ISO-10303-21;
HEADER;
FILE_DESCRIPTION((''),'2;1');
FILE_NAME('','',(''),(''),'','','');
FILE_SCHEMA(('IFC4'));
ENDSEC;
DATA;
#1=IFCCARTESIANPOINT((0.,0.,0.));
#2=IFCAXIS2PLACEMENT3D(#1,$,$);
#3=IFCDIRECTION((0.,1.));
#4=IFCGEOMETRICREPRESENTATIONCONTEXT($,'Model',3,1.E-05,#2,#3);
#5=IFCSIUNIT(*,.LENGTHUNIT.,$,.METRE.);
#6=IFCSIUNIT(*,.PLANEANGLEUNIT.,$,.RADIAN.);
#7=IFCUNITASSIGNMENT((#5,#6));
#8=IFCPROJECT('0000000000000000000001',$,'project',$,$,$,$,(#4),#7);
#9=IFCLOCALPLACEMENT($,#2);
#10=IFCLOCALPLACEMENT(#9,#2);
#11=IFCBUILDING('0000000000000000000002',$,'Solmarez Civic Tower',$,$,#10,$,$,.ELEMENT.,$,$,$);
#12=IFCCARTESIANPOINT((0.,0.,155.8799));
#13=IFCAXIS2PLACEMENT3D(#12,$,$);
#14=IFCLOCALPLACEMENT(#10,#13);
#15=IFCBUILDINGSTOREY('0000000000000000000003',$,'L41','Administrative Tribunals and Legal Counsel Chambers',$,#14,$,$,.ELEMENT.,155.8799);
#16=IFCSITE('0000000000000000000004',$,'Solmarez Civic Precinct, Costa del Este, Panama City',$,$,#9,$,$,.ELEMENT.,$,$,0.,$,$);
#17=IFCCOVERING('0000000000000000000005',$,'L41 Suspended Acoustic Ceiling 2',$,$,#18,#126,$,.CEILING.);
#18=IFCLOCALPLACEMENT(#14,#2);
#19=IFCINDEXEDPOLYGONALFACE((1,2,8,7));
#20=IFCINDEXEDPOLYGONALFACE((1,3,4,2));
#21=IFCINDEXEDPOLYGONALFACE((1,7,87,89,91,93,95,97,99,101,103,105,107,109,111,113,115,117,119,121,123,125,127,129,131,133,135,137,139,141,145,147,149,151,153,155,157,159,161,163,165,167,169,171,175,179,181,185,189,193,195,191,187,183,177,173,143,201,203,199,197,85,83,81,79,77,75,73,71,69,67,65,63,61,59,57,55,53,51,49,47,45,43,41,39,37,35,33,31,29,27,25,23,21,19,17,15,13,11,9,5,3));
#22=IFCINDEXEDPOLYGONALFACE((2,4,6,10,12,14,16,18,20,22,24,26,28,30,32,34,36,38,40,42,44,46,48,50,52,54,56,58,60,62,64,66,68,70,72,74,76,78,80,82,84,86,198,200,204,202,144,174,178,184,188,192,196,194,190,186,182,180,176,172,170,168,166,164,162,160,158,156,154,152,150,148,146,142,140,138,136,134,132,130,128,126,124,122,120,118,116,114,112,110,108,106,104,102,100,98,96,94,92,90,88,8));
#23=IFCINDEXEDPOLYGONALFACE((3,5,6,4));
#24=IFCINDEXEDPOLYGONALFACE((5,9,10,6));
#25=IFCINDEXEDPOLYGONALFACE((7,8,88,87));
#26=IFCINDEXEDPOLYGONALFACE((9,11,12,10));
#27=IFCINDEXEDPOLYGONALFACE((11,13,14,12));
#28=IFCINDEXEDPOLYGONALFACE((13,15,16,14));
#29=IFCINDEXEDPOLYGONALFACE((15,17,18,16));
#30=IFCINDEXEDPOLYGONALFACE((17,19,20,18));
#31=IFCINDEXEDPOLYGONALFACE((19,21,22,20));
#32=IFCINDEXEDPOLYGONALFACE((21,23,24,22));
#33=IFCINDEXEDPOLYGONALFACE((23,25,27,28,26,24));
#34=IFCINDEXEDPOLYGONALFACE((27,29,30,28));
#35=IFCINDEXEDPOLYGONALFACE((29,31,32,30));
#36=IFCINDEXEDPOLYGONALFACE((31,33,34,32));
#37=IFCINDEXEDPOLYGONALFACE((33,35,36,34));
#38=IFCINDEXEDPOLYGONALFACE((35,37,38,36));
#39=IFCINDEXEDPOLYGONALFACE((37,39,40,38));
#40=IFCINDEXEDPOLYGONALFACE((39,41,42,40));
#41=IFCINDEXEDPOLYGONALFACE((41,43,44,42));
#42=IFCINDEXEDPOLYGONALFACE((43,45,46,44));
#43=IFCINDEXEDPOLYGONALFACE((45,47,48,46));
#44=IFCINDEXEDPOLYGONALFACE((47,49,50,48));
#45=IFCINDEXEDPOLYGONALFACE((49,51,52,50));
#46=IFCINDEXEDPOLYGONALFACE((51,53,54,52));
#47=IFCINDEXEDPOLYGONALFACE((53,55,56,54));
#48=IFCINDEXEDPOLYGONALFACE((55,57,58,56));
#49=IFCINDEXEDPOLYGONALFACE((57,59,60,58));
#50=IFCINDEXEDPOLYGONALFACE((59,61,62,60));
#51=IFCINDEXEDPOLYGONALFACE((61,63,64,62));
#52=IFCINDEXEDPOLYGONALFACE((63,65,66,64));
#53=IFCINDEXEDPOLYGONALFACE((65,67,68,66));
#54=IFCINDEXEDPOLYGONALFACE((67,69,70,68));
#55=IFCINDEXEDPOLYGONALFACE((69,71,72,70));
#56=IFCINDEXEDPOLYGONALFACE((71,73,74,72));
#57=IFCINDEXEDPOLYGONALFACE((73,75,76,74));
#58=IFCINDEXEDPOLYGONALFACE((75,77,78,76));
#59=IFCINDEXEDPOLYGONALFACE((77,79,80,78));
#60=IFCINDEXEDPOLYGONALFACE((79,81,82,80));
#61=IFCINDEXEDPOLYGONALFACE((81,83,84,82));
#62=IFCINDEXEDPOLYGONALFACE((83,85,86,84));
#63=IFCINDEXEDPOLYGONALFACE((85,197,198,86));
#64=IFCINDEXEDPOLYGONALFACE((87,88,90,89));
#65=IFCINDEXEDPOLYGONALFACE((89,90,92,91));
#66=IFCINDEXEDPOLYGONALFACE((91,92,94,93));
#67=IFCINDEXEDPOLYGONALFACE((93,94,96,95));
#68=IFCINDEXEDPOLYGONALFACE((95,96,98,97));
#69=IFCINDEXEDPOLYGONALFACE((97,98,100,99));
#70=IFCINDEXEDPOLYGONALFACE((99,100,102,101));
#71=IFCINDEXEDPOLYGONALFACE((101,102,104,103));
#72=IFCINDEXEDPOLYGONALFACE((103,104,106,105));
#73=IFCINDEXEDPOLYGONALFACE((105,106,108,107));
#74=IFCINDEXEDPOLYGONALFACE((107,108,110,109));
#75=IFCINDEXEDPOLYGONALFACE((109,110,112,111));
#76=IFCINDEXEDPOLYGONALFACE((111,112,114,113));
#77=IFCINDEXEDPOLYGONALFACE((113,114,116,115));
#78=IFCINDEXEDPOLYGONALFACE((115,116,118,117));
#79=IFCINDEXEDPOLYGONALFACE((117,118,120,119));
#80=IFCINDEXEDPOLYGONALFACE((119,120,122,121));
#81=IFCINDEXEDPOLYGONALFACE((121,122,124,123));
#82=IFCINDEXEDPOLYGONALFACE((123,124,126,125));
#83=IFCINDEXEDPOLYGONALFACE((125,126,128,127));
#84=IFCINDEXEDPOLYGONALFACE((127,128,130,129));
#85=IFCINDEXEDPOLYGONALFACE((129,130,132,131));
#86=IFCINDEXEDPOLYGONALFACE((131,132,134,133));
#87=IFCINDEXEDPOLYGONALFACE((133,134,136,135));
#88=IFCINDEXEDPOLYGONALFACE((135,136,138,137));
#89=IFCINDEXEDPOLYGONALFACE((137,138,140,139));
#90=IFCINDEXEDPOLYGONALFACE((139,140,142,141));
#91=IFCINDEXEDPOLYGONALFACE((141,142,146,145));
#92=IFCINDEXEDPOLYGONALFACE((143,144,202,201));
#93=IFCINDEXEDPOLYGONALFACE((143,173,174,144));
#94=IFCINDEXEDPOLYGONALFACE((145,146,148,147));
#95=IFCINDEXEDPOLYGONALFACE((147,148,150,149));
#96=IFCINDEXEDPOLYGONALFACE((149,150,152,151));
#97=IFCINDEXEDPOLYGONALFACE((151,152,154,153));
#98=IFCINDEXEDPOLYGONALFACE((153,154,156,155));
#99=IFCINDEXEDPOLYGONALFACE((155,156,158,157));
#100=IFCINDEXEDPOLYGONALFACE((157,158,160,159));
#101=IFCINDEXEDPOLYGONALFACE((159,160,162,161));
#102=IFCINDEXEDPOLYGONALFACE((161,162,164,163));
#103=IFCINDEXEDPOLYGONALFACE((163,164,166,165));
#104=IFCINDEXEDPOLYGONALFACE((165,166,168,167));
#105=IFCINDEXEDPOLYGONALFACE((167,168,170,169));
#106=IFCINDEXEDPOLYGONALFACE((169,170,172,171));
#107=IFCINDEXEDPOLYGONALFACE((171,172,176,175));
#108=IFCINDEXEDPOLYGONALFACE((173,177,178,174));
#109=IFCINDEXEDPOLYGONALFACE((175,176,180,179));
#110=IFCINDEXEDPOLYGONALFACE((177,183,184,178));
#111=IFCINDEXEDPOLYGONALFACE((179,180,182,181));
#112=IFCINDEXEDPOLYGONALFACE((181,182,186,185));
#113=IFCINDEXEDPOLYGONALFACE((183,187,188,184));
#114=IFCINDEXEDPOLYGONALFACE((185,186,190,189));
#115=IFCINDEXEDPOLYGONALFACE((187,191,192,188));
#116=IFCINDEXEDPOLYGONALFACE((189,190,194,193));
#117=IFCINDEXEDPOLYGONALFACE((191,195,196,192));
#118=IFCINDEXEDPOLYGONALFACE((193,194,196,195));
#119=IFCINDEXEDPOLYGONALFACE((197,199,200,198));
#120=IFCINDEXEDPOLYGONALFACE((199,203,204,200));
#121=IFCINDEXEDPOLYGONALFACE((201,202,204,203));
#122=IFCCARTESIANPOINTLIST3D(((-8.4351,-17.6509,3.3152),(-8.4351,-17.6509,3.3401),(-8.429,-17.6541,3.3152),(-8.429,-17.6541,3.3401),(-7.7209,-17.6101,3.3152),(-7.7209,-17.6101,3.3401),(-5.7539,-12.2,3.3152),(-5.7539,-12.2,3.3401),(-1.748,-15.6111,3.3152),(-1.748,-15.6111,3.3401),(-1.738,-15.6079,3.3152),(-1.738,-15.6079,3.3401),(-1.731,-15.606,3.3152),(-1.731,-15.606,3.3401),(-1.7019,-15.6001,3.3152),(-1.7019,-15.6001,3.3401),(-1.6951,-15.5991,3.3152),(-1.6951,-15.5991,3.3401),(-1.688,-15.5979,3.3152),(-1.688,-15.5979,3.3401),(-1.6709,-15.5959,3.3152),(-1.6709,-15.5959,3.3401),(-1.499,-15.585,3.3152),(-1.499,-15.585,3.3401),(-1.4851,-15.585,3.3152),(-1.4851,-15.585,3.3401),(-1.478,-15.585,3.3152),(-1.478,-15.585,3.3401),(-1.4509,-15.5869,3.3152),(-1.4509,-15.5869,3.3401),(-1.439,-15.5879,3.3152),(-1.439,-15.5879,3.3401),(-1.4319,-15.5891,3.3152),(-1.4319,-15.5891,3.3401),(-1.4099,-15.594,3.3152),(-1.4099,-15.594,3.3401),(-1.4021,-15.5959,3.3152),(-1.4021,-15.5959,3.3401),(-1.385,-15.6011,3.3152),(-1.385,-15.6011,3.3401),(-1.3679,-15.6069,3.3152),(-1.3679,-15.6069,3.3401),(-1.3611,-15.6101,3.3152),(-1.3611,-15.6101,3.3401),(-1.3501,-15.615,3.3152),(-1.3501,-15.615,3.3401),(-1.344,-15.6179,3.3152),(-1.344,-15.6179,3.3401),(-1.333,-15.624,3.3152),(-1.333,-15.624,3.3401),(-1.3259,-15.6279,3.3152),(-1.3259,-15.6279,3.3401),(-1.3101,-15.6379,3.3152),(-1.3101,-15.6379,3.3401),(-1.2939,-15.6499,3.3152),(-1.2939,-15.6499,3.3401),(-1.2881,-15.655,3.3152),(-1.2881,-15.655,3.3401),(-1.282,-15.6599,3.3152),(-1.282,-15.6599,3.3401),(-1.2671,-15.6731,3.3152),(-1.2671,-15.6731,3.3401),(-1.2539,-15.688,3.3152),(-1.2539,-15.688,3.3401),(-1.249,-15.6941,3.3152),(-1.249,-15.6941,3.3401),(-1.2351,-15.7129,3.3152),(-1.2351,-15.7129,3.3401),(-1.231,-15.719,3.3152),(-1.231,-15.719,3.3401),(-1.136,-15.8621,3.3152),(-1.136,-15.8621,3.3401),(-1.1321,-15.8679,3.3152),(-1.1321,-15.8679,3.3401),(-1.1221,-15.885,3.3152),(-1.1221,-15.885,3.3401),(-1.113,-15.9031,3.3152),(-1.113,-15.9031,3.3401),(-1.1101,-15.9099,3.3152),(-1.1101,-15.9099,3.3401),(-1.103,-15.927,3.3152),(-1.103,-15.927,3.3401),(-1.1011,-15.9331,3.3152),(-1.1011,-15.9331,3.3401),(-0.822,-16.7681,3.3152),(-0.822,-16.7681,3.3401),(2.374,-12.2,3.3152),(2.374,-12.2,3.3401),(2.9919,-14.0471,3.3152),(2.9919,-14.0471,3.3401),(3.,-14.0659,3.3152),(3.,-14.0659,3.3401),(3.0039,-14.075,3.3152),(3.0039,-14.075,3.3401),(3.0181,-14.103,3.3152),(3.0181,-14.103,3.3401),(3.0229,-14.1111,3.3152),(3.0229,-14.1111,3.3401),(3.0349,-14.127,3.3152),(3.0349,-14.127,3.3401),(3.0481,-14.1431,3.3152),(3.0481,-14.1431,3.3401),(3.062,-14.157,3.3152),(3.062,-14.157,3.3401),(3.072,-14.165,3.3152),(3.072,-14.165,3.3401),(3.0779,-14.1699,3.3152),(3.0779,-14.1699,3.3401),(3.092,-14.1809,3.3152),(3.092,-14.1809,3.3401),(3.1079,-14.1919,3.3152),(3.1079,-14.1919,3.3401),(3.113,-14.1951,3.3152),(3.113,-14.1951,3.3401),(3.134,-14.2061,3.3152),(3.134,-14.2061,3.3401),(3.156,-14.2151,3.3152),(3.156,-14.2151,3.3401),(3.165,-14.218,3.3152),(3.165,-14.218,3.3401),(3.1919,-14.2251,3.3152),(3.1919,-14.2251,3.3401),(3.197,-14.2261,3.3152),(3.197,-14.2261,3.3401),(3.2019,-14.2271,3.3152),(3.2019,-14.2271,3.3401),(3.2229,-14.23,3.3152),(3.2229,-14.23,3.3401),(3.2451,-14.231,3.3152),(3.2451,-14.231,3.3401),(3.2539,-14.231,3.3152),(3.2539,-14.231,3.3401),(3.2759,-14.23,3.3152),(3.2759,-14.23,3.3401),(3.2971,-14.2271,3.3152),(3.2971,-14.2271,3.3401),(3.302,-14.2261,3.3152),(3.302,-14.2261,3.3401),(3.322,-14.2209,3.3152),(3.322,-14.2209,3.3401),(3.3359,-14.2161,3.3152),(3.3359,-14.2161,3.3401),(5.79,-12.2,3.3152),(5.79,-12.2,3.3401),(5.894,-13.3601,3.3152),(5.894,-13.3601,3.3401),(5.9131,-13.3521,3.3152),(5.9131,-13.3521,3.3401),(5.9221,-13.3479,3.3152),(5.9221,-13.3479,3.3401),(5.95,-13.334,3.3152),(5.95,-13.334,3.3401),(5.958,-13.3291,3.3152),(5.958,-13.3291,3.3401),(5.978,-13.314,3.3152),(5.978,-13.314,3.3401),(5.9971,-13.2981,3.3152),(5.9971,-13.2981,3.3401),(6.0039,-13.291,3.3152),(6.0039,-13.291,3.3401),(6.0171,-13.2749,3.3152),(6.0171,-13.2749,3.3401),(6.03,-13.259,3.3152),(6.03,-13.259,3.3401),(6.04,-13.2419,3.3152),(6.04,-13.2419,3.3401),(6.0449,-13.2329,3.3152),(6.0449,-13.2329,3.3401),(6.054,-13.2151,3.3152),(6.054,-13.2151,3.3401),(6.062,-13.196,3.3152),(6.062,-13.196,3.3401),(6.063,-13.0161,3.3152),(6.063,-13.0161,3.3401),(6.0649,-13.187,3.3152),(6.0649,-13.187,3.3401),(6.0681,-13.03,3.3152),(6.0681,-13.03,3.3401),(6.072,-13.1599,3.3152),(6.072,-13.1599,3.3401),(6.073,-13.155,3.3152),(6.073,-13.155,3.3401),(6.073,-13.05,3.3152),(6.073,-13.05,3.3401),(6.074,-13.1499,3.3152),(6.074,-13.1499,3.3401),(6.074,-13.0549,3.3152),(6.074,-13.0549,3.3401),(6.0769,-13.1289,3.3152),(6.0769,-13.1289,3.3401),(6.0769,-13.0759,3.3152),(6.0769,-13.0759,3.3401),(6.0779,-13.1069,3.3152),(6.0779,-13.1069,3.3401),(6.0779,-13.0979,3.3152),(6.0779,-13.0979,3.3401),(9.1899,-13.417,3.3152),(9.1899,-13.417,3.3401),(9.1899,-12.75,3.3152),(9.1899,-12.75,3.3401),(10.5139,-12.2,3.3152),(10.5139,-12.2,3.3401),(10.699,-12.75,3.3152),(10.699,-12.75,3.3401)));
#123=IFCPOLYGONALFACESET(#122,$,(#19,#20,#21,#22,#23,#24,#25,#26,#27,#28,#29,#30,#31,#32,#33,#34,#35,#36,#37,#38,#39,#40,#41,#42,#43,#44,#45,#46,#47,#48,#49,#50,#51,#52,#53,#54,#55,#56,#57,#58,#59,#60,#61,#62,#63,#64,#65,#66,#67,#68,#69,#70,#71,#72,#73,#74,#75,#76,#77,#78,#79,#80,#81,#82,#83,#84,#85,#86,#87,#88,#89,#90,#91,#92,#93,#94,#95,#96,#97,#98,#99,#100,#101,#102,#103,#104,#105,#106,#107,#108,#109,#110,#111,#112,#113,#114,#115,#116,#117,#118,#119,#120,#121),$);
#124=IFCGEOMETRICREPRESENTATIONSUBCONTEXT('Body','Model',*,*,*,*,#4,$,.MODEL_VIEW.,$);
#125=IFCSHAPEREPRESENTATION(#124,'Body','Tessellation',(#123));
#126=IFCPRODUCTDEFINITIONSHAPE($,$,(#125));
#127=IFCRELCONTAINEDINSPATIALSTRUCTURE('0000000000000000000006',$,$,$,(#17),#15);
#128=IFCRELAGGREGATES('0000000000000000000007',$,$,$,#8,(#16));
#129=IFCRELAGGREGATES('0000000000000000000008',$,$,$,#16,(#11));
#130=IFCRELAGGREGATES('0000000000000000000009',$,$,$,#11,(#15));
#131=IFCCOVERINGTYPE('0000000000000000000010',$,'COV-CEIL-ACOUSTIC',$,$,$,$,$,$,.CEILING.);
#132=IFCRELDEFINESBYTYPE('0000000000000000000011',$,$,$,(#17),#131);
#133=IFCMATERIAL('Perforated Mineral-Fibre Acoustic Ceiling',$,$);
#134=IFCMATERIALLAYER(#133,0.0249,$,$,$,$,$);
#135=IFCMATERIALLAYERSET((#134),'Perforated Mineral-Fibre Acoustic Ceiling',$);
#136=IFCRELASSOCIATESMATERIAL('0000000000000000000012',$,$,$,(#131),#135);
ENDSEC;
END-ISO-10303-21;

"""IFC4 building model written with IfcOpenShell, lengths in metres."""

from ifc_helpers import new_model, si_unit, direction, frame, origin, place, context, subcontext, project, spatial, polyline, outline, extrude, material, layer, layer_set, type_object, element, save


model = new_model("IFC4")

# Units and contexts
model_context = context("Model", 3, precision=1e-05, world=origin(), true_north=direction((0.0, 1.0)))
body_context = subcontext(model_context, "Body", "Model", "MODEL_VIEW")
ifc_project = project(units=[si_unit("LENGTHUNIT", "METRE"), si_unit("PLANEANGLEUNIT", "RADIAN")], contexts=[model_context])

# Site, building, storey
site_placement = place(None, origin())
site = spatial("IfcSite", under=ifc_project, at=site_placement, Name="Solmarez Civic Precinct, Costa del Este, Panama City", CompositionType="ELEMENT", RefElevation=0.0)
building_placement = place(site_placement, origin())
building = spatial("IfcBuilding", under=site, at=building_placement, Name="Solmarez Civic Tower", CompositionType="ELEMENT")
storey_placement = place(building_placement, frame((0.0, 0.0, 155.8799)))
storey = spatial("IfcBuildingStorey", under=building, at=storey_placement, Name="L41", Description="Administrative Tribunals and Legal Counsel Chambers", CompositionType="ELEMENT", Elevation=155.8799)

# Covering
ifc_material_1 = material(Name="Perforated Mineral-Fibre Acoustic Ceiling")
ifc_layer_1 = layer(ifc_material_1, 0.0249)
ifc_layer_set_1 = layer_set([ifc_layer_1], Name="Perforated Mineral-Fibre Acoustic Ceiling")
covering_type_1 = type_object("IfcCoveringType", Name="COV-CEIL-ACOUSTIC", PredefinedType="CEILING", material=ifc_layer_set_1)
covering_1_placement = place(storey_placement, frame((0.0, 0.0, 3.3152)))
element("IfcCovering", 1, at=covering_1_placement, inside=storey, type_object=covering_type_1, Name="L41 Suspended Acoustic Ceiling 2", PredefinedType="CEILING", context=body_context, shape_type="SweptSolid", body=[
    extrude(outline(polyline([(3.072, -14.165), (3.062, -14.157), (3.0481, -14.1431), (3.0349, -14.127), (3.0229, -14.1111), (3.0181, -14.103), (3.0039, -14.075), (3.0, -14.0659), (2.9919, -14.0471), (2.374, -12.2), (-5.7539, -12.2), (-8.4351, -17.6509), (-8.429, -17.6541), (-7.7209, -17.6101), (-1.748, -15.6111), (-1.738, -15.6079), (-1.731, -15.606), (-1.7019, -15.6001), (-1.6951, -15.5991), (-1.688, -15.5979), (-1.6709, -15.5959), (-1.499, -15.585), (-1.4851, -15.585), (-1.478, -15.585), (-1.4509, -15.5869), (-1.439, -15.5879), (-1.4319, -15.5891), (-1.4099, -15.594), (-1.4021, -15.5959), (-1.385, -15.6011), (-1.3679, -15.6069), (-1.3611, -15.6101), (-1.3501, -15.615), (-1.344, -15.6179), (-1.333, -15.624), (-1.3259, -15.6279), (-1.3101, -15.6379), (-1.2939, -15.6499), (-1.2881, -15.655), (-1.282, -15.6599), (-1.2671, -15.6731), (-1.2539, -15.688), (-1.249, -15.6941), (-1.2351, -15.7129), (-1.231, -15.719), (-1.136, -15.8621), (-1.1321, -15.8679), (-1.1221, -15.885), (-1.113, -15.9031), (-1.1101, -15.9099), (-1.103, -15.927), (-1.1011, -15.9331), (-0.822, -16.7681), (9.1899, -13.417), (9.1899, -12.75), (10.699, -12.75), (10.5139, -12.2), (5.79, -12.2), (6.063, -13.0161), (6.0681, -13.03), (6.073, -13.05), (6.074, -13.0549), (6.0769, -13.0759), (6.0779, -13.0979), (6.0779, -13.1069), (6.0769, -13.1289), (6.074, -13.1499), (6.073, -13.155), (6.072, -13.1599), (6.0649, -13.187), (6.062, -13.196), (6.054, -13.2151), (6.0449, -13.2329), (6.04, -13.2419), (6.03, -13.259), (6.0171, -13.2749), (6.0039, -13.291), (5.9971, -13.2981), (5.978, -13.314), (5.958, -13.3291), (5.95, -13.334), (5.9221, -13.3479), (5.9131, -13.3521), (5.894, -13.3601), (3.3359, -14.2161), (3.322, -14.2209), (3.302, -14.2261), (3.2971, -14.2271), (3.2759, -14.23), (3.2539, -14.231), (3.2451, -14.231), (3.2229, -14.23), (3.2019, -14.2271), (3.197, -14.2261), (3.1919, -14.2251), (3.165, -14.218), (3.156, -14.2151), (3.134, -14.2061), (3.113, -14.1951), (3.1079, -14.1919), (3.092, -14.1809), (3.0779, -14.1699), (3.072, -14.165)])), origin(), (0.0, 0.0, 1.0), 0.0249),
])

save(model, "model.ifc")
